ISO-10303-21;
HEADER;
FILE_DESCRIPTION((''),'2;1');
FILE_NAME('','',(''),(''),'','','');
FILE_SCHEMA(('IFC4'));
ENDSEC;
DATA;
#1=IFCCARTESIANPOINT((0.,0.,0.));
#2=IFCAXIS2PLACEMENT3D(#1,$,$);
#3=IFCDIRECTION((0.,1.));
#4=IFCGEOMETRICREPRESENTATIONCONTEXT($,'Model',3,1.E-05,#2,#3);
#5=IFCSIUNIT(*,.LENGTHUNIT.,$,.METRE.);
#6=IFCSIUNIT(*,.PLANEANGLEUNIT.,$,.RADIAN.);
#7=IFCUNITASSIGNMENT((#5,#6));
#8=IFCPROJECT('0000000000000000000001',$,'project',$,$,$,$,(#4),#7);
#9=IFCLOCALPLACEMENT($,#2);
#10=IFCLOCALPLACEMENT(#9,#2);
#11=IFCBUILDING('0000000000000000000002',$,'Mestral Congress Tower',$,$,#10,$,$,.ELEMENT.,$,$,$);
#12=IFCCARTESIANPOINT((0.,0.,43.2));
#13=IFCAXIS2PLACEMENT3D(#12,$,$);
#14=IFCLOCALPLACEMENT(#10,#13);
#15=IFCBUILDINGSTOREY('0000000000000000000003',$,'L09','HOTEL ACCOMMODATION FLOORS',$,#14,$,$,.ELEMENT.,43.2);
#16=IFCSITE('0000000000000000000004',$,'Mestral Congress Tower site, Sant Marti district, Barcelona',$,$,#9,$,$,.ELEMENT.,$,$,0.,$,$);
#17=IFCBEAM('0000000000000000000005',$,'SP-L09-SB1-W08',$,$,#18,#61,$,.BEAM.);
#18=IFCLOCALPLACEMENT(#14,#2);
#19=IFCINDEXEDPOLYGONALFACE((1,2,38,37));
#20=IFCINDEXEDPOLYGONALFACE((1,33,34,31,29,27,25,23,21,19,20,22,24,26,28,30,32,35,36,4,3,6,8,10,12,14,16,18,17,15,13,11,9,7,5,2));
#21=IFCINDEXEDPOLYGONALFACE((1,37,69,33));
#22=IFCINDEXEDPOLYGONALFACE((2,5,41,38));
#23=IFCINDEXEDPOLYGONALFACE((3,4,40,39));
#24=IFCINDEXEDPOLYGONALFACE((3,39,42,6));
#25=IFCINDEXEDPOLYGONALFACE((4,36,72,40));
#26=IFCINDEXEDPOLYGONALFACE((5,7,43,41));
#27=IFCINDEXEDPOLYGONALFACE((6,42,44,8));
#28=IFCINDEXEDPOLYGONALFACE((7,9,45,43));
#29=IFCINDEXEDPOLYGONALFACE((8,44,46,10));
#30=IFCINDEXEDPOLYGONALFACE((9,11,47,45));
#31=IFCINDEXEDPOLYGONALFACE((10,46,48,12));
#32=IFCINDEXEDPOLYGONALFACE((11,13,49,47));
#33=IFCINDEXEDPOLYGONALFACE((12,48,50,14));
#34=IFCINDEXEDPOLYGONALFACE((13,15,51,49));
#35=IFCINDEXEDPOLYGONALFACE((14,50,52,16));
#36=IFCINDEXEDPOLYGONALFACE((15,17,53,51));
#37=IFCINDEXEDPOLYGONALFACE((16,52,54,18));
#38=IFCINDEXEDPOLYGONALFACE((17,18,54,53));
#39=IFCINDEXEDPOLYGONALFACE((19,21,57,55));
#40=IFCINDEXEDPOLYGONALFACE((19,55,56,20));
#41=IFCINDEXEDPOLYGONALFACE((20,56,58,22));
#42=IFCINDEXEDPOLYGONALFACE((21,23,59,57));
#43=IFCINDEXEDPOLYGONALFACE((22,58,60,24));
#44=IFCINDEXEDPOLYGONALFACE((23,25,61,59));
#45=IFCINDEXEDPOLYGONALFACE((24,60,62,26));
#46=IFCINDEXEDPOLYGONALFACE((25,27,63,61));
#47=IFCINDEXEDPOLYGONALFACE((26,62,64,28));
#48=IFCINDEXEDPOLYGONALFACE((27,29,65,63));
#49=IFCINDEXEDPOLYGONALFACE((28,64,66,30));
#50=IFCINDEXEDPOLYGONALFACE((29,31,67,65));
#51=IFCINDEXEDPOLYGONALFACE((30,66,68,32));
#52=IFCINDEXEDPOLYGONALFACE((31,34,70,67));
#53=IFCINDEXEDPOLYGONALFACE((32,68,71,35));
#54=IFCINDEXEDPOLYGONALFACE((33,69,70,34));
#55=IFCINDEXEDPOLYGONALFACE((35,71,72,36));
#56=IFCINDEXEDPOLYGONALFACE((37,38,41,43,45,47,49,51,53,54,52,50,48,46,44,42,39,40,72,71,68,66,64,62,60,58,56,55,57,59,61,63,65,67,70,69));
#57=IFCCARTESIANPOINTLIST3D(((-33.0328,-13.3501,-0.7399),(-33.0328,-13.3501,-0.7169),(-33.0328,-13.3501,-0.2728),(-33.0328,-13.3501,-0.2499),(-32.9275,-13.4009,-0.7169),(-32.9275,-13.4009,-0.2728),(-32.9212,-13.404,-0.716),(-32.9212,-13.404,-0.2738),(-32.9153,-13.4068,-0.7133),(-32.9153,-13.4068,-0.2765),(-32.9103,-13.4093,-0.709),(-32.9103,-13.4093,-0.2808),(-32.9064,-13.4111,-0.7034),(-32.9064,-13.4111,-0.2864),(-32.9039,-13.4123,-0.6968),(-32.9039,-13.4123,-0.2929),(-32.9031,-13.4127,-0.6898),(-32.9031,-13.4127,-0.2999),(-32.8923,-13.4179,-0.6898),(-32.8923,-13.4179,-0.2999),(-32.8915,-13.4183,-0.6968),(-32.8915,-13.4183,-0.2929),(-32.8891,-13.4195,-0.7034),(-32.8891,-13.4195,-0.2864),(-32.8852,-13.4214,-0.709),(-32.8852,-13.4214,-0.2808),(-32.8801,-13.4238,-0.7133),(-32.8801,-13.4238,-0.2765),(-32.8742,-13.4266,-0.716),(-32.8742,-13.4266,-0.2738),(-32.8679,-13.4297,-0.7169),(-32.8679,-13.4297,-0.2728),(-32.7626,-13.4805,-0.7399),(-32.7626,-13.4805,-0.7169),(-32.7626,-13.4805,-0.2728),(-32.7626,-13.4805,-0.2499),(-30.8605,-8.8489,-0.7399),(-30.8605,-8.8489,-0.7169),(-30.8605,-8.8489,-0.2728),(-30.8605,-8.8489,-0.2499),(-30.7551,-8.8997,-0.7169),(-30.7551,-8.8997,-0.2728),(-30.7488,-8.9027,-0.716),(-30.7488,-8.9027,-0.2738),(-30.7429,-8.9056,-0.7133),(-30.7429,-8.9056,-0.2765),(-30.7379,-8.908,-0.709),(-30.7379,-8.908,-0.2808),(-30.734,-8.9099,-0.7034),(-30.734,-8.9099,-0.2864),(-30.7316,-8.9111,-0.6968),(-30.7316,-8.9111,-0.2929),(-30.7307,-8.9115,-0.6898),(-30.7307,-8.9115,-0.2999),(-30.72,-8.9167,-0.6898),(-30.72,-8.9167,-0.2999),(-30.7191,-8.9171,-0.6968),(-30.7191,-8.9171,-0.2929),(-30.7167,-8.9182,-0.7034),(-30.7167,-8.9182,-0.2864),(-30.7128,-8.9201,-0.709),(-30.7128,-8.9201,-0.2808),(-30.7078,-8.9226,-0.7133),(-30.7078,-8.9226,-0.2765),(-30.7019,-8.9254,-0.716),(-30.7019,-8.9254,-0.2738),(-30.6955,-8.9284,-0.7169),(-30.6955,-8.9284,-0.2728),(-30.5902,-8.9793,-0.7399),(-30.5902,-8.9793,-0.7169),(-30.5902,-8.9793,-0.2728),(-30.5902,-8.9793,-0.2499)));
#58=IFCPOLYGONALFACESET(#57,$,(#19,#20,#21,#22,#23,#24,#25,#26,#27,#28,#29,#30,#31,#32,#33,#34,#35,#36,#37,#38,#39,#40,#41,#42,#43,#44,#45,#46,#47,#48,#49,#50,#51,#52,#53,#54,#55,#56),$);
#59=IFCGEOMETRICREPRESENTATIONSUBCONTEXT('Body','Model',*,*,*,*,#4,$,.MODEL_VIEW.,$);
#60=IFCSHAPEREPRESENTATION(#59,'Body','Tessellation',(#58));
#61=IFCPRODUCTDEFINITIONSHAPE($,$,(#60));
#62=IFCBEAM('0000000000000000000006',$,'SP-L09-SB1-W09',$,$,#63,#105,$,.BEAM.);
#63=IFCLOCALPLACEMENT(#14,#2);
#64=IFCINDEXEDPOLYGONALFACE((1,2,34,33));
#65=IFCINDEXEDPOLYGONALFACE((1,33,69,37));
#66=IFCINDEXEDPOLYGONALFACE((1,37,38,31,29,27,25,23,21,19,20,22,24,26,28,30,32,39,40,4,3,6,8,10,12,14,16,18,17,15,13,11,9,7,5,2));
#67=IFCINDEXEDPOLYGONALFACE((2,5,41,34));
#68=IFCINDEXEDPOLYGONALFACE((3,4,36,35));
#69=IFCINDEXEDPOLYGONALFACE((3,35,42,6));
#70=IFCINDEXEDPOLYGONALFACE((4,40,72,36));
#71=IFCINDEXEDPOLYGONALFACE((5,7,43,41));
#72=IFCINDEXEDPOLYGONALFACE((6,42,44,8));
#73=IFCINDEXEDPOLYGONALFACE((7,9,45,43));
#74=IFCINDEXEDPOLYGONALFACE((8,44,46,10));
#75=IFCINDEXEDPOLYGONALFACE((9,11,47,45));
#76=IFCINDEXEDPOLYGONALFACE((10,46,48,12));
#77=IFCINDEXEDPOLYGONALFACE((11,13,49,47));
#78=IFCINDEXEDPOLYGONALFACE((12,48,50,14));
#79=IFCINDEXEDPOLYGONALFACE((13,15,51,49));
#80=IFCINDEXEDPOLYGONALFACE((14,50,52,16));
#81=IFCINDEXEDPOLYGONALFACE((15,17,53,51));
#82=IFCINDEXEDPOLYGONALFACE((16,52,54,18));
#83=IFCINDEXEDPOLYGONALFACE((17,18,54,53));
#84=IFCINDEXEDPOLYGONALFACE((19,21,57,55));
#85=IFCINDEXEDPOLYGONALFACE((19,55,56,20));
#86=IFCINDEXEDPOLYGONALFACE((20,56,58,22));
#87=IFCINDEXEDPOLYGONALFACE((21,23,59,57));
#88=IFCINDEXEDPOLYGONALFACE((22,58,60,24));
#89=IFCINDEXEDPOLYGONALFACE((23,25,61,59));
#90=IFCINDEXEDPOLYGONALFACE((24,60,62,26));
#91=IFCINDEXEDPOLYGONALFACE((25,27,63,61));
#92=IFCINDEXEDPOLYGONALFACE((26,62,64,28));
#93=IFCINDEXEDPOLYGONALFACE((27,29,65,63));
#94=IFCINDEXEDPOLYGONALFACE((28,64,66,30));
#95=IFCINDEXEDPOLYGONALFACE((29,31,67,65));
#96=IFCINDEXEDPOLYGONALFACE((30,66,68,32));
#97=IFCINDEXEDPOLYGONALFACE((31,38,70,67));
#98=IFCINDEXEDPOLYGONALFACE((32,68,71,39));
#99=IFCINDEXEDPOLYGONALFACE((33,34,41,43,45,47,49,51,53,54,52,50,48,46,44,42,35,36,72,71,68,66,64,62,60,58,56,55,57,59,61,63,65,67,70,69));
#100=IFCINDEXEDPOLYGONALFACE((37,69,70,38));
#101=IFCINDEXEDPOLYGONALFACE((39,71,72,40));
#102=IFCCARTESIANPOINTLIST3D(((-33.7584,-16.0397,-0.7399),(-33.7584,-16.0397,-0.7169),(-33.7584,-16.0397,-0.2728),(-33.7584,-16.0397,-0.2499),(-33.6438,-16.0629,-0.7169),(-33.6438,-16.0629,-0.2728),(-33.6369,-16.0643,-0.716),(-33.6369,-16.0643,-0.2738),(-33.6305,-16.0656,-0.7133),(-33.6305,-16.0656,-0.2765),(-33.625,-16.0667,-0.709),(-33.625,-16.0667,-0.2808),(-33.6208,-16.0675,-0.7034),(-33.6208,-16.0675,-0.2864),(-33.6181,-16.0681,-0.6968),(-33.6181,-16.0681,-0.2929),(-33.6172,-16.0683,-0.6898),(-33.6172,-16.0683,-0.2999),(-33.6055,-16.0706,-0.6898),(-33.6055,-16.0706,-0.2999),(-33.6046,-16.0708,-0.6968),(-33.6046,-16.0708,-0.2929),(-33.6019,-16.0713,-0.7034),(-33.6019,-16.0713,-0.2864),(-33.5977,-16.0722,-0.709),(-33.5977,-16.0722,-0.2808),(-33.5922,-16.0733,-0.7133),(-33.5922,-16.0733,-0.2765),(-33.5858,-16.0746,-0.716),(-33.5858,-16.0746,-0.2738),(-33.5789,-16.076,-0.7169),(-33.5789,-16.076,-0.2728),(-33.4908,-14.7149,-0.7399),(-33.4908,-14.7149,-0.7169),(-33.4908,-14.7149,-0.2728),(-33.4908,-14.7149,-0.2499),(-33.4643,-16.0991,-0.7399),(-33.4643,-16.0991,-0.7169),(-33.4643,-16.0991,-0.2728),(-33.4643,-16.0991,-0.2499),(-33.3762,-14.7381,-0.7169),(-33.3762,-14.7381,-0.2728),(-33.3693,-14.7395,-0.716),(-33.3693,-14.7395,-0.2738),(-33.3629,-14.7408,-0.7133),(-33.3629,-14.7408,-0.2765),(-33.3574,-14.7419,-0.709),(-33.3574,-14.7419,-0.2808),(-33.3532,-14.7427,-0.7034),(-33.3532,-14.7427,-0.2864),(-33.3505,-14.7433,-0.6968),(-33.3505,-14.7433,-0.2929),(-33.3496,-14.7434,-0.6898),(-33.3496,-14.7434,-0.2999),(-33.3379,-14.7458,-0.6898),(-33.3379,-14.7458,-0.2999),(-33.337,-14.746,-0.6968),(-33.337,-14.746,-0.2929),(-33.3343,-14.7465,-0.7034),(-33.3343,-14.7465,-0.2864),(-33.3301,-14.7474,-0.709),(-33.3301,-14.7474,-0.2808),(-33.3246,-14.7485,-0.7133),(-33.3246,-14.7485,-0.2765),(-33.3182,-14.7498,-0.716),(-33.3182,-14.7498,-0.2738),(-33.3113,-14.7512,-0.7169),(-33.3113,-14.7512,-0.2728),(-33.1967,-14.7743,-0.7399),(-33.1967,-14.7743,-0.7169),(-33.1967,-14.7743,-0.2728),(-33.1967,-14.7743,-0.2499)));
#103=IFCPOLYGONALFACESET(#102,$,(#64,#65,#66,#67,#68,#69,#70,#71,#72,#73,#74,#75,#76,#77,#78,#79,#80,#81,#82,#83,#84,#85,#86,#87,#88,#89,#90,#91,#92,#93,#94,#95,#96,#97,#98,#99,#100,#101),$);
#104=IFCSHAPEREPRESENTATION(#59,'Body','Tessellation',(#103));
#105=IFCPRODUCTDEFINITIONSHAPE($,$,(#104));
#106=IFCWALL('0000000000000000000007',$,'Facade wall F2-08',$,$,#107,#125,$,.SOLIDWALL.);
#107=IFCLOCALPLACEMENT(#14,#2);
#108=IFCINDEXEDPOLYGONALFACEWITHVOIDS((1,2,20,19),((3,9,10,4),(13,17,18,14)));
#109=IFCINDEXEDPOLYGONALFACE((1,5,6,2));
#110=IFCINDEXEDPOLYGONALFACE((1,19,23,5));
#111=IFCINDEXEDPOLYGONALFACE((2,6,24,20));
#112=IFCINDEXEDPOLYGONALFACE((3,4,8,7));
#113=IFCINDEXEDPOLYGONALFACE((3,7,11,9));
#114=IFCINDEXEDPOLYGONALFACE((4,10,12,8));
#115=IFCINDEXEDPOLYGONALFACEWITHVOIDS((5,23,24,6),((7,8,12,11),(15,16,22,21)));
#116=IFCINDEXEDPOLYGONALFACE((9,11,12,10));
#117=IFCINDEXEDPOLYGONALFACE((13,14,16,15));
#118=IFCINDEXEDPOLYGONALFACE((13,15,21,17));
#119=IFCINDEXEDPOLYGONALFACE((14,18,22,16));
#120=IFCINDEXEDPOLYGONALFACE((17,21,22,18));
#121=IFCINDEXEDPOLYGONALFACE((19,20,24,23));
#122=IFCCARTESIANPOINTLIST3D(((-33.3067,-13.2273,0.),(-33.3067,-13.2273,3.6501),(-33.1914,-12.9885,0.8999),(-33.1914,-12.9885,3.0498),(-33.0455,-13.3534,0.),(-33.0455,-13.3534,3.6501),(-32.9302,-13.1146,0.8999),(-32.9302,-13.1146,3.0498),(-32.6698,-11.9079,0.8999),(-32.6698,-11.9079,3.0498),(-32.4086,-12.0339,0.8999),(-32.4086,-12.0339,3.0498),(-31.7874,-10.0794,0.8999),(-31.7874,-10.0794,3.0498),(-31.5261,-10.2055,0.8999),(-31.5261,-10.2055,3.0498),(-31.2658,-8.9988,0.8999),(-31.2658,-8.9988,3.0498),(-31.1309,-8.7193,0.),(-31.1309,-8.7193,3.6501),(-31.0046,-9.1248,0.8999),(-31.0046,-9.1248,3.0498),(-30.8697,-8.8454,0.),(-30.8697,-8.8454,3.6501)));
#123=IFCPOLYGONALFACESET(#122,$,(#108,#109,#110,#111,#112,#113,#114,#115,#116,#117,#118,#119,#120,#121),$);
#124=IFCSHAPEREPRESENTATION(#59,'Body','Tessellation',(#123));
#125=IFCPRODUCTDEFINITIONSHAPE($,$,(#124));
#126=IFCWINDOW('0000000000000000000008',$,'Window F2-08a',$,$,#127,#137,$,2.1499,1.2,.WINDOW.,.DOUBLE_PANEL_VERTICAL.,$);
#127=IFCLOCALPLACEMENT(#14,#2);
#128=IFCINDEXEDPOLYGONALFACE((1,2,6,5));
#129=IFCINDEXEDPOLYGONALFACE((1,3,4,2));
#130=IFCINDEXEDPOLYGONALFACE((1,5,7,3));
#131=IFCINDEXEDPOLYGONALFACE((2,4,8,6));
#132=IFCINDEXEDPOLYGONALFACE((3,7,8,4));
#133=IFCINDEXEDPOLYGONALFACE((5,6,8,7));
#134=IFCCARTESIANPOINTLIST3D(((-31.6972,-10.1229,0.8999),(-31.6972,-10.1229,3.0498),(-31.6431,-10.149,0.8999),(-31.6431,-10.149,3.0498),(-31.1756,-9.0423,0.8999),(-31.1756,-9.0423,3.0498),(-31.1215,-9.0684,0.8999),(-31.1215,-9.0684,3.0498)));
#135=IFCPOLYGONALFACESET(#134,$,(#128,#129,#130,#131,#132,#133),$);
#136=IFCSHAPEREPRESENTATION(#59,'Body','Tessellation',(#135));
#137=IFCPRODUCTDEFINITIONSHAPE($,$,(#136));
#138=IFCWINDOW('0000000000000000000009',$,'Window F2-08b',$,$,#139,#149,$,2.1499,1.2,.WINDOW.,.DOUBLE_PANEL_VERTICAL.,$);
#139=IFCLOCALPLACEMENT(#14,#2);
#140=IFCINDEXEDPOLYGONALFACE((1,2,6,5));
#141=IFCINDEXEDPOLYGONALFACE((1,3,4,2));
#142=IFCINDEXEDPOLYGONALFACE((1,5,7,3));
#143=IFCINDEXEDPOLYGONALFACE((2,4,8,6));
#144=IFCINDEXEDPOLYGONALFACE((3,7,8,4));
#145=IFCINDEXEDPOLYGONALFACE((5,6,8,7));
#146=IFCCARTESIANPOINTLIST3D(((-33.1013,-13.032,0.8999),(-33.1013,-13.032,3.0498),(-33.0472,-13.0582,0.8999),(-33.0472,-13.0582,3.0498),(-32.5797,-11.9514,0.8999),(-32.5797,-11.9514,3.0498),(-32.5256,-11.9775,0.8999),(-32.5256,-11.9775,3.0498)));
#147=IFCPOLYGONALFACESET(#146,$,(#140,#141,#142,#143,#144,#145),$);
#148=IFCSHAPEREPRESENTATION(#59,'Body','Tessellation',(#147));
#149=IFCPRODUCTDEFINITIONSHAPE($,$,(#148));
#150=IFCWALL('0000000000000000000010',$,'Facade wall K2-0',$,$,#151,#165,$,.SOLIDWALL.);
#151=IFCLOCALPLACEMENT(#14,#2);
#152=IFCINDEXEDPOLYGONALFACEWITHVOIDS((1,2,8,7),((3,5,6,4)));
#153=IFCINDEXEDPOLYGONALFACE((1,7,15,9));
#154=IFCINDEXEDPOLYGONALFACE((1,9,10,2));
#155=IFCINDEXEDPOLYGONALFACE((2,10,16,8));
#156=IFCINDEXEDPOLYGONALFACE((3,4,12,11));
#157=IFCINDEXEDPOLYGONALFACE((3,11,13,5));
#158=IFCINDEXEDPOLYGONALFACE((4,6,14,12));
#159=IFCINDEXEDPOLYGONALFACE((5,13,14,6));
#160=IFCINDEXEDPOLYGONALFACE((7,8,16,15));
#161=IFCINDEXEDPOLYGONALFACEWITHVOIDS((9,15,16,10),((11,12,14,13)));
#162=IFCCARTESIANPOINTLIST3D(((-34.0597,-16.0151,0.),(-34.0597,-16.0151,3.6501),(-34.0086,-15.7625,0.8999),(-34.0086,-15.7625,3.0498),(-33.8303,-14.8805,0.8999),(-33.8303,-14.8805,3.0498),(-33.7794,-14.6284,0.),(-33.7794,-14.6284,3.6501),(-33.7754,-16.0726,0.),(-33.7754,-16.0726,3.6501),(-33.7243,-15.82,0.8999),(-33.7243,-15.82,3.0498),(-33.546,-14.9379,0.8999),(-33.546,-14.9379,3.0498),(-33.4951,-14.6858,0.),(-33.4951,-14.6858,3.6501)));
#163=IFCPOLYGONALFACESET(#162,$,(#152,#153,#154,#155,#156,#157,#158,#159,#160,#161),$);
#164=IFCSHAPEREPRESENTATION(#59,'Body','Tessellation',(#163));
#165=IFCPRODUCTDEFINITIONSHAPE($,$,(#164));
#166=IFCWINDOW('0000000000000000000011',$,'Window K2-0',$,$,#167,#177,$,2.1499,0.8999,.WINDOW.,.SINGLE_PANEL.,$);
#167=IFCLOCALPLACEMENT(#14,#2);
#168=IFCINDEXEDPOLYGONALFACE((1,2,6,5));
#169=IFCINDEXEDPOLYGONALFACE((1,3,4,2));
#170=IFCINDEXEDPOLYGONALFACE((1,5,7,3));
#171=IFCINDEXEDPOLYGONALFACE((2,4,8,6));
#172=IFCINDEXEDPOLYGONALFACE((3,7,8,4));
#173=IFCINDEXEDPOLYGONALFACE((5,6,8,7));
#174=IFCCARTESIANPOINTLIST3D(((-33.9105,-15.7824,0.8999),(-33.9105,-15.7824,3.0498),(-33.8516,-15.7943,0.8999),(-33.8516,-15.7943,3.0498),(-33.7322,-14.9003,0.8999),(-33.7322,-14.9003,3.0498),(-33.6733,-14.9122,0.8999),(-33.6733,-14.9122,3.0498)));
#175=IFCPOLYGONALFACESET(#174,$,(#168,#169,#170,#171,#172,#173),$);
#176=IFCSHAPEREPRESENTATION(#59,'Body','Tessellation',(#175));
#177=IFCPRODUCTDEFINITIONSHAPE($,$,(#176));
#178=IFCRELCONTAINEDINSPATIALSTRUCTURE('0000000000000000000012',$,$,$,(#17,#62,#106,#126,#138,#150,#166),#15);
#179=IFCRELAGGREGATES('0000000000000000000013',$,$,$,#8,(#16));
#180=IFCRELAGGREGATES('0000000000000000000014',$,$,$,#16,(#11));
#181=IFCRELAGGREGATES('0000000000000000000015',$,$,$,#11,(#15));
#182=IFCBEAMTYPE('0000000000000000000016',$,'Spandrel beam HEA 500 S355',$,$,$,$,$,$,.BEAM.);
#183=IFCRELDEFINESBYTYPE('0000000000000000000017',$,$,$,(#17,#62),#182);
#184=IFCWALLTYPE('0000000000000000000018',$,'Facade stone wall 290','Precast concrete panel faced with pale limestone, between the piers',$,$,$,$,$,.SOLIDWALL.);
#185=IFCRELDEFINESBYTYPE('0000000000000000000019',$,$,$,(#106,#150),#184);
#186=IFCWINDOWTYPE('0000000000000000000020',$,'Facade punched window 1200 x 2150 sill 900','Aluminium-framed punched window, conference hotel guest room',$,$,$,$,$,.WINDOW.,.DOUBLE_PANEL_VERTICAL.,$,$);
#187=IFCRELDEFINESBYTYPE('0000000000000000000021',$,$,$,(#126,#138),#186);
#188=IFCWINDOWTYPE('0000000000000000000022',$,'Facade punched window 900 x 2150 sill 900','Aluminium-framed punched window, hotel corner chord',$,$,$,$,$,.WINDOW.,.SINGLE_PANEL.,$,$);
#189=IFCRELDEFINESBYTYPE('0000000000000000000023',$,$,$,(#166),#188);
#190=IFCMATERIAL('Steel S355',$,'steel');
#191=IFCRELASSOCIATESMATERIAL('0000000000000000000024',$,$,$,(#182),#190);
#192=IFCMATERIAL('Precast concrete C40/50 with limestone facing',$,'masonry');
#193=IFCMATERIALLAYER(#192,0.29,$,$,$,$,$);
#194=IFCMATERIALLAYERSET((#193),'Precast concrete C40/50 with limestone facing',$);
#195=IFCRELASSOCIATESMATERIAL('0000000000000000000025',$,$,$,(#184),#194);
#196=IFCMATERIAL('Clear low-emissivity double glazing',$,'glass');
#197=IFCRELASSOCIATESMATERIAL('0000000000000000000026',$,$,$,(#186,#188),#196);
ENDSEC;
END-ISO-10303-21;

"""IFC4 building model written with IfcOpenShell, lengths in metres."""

from ifc_helpers import new_model, si_unit, direction, frame, frame_2d, origin, origin_2d, place, context, subcontext, project, spatial, rectangle, i_section, extrude, material, layer, layer_set, material_profile, profile_set, type_object, element, fill, save


model = new_model("IFC4")

# Units and contexts
model_context = context("Model", 3, precision=1e-05, world=origin(), true_north=direction((0.0, 1.0)))
body_context = subcontext(model_context, "Body", "Model", "MODEL_VIEW")
ifc_project = project(units=[si_unit("LENGTHUNIT", "METRE"), si_unit("PLANEANGLEUNIT", "RADIAN")], contexts=[model_context])

# Site, building, storey
site_placement = place(None, origin())
site = spatial("IfcSite", under=ifc_project, at=site_placement, Name="Mestral Congress Tower site, Sant Marti district, Barcelona", CompositionType="ELEMENT", RefElevation=0.0)
building_placement = place(site_placement, origin())
building = spatial("IfcBuilding", under=site, at=building_placement, Name="Mestral Congress Tower", CompositionType="ELEMENT")
storey_placement = place(building_placement, frame((0.0, 0.0, 43.2)))
storey = spatial("IfcBuildingStorey", under=building, at=storey_placement, Name="L09", Description="HOTEL ACCOMMODATION FLOORS", CompositionType="ELEMENT", Elevation=43.2)

# Beams
ifc_material_1 = material(Name="Steel S355", Category="steel")
ifc_material_profile_1 = material_profile(ifc_material_1, i_section(OverallWidth=0.3, OverallDepth=0.49, WebThickness=0.012, FlangeThickness=0.0229, FilletRadius=0.0271, at=origin_2d()), Name="HEA 500")
ifc_profile_set_1 = profile_set([ifc_material_profile_1], Name="Steel S355")
beam_type_1 = type_object("IfcBeamType", Name="Spandrel beam HEA 500 S355", PredefinedType="BEAM", material=ifc_profile_set_1)
beam_1_placement = place(storey_placement, frame((-30.7253, -8.9141, -0.4949), z_axis=(-0.434645, -0.900602, 0.0), x_axis=(0.900602, -0.434645, 0.0)))
element("IfcBeam", 1, at=beam_1_placement, inside=storey, type_object=beam_type_1, Name="SP-L09-SB1-W08", PredefinedType="BEAM", context=body_context, shape_type="SweptSolid", body=[
    extrude(i_section(OverallWidth=0.3, OverallDepth=0.49, WebThickness=0.012, FlangeThickness=0.0229, FilletRadius=0.0271, at=origin_2d()), origin(), (0.0, 0.0, 1.0), 4.998),
])
beam_2_placement = place(storey_placement, frame((-33.3438, -14.7446, -0.4949), z_axis=(-0.197992, -0.980204, 0.0), x_axis=(0.980204, -0.197992, 0.0)))
element("IfcBeam", 2, at=beam_2_placement, inside=storey, type_object=beam_type_1, Name="SP-L09-SB1-W09", PredefinedType="BEAM", context=body_context, shape_type="SweptSolid", body=[
    extrude(i_section(OverallWidth=0.3, OverallDepth=0.49, WebThickness=0.012, FlangeThickness=0.0229, FilletRadius=0.0271, at=origin_2d()), origin(), (0.0, 0.0, 1.0), 1.3516),
])

# Wall, openings, windows
ifc_material_2 = material(Name="Precast concrete C40/50 with limestone facing", Category="masonry")
ifc_layer_1 = layer(ifc_material_2, 0.29)
ifc_layer_set_1 = layer_set([ifc_layer_1], Name="Precast concrete C40/50 with limestone facing")
wall_type_1 = type_object("IfcWallType", Name="Facade stone wall 290", Description="Precast concrete panel faced with pale limestone, between the piers", PredefinedType="SOLIDWALL", material=ifc_layer_set_1)
wall_1_placement = place(storey_placement, frame((-31.0002, -8.7822, 0.0), z_axis=(0.0, 0.0, 1.0), x_axis=(-0.434664, -0.900592, 0.0)))
wall_1 = element("IfcWall", 3, at=wall_1_placement, inside=storey, type_object=wall_type_1, Name="Facade wall F2-08", PredefinedType="SOLIDWALL", context=body_context, shape_type="SweptSolid", body=[
    extrude(rectangle(XDim=5.0056, YDim=0.29, at=frame_2d((2.5029, 0.0))), origin(), (0.0, 0.0, 1.0), 3.6501),
])
opening_1_placement = place(wall_1_placement, frame((0.3103, 0.0, 0.8999)))
opening_1 = element("IfcOpeningElement", 4, at=opening_1_placement, cuts=wall_1, PredefinedType="OPENING", context=body_context, shape_type="SweptSolid", body=[
    extrude(rectangle(XDim=1.2, YDim=2.1499, at=frame_2d((0.6001, 1.075))), frame((0.0, 0.155, 0.0), z_axis=(0.0, -1.0, 0.0), x_axis=(1.0, 0.0, 0.0)), (0.0, 0.0, 1.0), 0.3101),
])
opening_2_placement = place(wall_1_placement, frame((3.5405, 0.0, 0.8999)))
opening_2 = element("IfcOpeningElement", 5, at=opening_2_placement, cuts=wall_1, PredefinedType="OPENING", context=body_context, shape_type="SweptSolid", body=[
    extrude(rectangle(XDim=1.2, YDim=2.1499, at=frame_2d((0.6001, 1.075))), frame((0.0, 0.155, 0.0), z_axis=(0.0, -1.0, 0.0), x_axis=(1.0, 0.0, 0.0)), (0.0, 0.0, 1.0), 0.3101),
])
ifc_material_3 = material(Name="Clear low-emissivity double glazing", Category="glass")
window_type_1 = type_object("IfcWindowType", Name="Facade punched window 1200 x 2150 sill 900", Description="Aluminium-framed punched window, conference hotel guest room", PartitioningType="DOUBLE_PANEL_VERTICAL", PredefinedType="WINDOW", material=ifc_material_3)
window_1_placement = place(opening_1_placement, origin())
window_1 = element("IfcWindow", 6, at=window_1_placement, inside=storey, type_object=window_type_1, Name="Window F2-08a", OverallHeight=2.1499, OverallWidth=1.2, PartitioningType="DOUBLE_PANEL_VERTICAL", PredefinedType="WINDOW", context=body_context, shape_type="SweptSolid", body=[
    extrude(rectangle(XDim=1.2, YDim=2.1499, at=frame_2d((0.6001, 1.075))), frame((0.0, 0.0151, 0.0), z_axis=(0.0, -1.0, 0.0), x_axis=(1.0, 0.0, 0.0)), (0.0, 0.0, 1.0), 0.0601),
])
fill(opening_1, window_1)
window_2_placement = place(opening_2_placement, origin())
window_2 = element("IfcWindow", 7, at=window_2_placement, inside=storey, type_object=window_type_1, Name="Window F2-08b", OverallHeight=2.1499, OverallWidth=1.2, PartitioningType="DOUBLE_PANEL_VERTICAL", PredefinedType="WINDOW", context=body_context, shape_type="SweptSolid", body=[
    extrude(rectangle(XDim=1.2, YDim=2.1499, at=frame_2d((0.6001, 1.075))), frame((0.0, 0.0151, 0.0), z_axis=(0.0, -1.0, 0.0), x_axis=(1.0, 0.0, 0.0)), (0.0, 0.0, 1.0), 0.0601),
])
fill(opening_2, window_2)

# Wall, opening, window
wall_2_placement = place(storey_placement, frame((-33.6372, -14.657, 0.0), z_axis=(0.0, 0.0, 1.0), x_axis=(-0.198107, -0.98018, 0.0)))
wall_2 = element("IfcWall", 8, at=wall_2_placement, inside=storey, type_object=wall_type_1, Name="Facade wall K2-0", PredefinedType="SOLIDWALL", context=body_context, shape_type="SweptSolid", body=[
    extrude(rectangle(XDim=1.4148, YDim=0.29, at=frame_2d((0.7075, 0.0))), origin(), (0.0, 0.0, 1.0), 3.6501),
])
opening_3_placement = place(wall_2_placement, frame((0.2573, 0.0, 0.8999)))
opening_3 = element("IfcOpeningElement", 9, at=opening_3_placement, cuts=wall_2, PredefinedType="OPENING", context=body_context, shape_type="SweptSolid", body=[
    extrude(rectangle(XDim=0.8999, YDim=2.1499, at=frame_2d((0.45, 1.075))), frame((0.0, 0.155, 0.0), z_axis=(0.0, -1.0, 0.0), x_axis=(1.0, 0.0, 0.0)), (0.0, 0.0, 1.0), 0.3101),
])
window_type_2 = type_object("IfcWindowType", Name="Facade punched window 900 x 2150 sill 900", Description="Aluminium-framed punched window, hotel corner chord", PartitioningType="SINGLE_PANEL", PredefinedType="WINDOW", material=ifc_material_3)
window_3_placement = place(opening_3_placement, origin())
window_3 = element("IfcWindow", 10, at=window_3_placement, inside=storey, type_object=window_type_2, Name="Window K2-0", OverallHeight=2.1499, OverallWidth=0.8999, PartitioningType="SINGLE_PANEL", PredefinedType="WINDOW", context=body_context, shape_type="SweptSolid", body=[
    extrude(rectangle(XDim=0.8999, YDim=2.1499, at=frame_2d((0.45, 1.075))), frame((0.0, 0.0151, 0.0), z_axis=(0.0, -1.0, 0.0), x_axis=(1.0, 0.0, 0.0)), (0.0, 0.0, 1.0), 0.0601),
])
fill(opening_3, window_3)

save(model, "model.ifc")
